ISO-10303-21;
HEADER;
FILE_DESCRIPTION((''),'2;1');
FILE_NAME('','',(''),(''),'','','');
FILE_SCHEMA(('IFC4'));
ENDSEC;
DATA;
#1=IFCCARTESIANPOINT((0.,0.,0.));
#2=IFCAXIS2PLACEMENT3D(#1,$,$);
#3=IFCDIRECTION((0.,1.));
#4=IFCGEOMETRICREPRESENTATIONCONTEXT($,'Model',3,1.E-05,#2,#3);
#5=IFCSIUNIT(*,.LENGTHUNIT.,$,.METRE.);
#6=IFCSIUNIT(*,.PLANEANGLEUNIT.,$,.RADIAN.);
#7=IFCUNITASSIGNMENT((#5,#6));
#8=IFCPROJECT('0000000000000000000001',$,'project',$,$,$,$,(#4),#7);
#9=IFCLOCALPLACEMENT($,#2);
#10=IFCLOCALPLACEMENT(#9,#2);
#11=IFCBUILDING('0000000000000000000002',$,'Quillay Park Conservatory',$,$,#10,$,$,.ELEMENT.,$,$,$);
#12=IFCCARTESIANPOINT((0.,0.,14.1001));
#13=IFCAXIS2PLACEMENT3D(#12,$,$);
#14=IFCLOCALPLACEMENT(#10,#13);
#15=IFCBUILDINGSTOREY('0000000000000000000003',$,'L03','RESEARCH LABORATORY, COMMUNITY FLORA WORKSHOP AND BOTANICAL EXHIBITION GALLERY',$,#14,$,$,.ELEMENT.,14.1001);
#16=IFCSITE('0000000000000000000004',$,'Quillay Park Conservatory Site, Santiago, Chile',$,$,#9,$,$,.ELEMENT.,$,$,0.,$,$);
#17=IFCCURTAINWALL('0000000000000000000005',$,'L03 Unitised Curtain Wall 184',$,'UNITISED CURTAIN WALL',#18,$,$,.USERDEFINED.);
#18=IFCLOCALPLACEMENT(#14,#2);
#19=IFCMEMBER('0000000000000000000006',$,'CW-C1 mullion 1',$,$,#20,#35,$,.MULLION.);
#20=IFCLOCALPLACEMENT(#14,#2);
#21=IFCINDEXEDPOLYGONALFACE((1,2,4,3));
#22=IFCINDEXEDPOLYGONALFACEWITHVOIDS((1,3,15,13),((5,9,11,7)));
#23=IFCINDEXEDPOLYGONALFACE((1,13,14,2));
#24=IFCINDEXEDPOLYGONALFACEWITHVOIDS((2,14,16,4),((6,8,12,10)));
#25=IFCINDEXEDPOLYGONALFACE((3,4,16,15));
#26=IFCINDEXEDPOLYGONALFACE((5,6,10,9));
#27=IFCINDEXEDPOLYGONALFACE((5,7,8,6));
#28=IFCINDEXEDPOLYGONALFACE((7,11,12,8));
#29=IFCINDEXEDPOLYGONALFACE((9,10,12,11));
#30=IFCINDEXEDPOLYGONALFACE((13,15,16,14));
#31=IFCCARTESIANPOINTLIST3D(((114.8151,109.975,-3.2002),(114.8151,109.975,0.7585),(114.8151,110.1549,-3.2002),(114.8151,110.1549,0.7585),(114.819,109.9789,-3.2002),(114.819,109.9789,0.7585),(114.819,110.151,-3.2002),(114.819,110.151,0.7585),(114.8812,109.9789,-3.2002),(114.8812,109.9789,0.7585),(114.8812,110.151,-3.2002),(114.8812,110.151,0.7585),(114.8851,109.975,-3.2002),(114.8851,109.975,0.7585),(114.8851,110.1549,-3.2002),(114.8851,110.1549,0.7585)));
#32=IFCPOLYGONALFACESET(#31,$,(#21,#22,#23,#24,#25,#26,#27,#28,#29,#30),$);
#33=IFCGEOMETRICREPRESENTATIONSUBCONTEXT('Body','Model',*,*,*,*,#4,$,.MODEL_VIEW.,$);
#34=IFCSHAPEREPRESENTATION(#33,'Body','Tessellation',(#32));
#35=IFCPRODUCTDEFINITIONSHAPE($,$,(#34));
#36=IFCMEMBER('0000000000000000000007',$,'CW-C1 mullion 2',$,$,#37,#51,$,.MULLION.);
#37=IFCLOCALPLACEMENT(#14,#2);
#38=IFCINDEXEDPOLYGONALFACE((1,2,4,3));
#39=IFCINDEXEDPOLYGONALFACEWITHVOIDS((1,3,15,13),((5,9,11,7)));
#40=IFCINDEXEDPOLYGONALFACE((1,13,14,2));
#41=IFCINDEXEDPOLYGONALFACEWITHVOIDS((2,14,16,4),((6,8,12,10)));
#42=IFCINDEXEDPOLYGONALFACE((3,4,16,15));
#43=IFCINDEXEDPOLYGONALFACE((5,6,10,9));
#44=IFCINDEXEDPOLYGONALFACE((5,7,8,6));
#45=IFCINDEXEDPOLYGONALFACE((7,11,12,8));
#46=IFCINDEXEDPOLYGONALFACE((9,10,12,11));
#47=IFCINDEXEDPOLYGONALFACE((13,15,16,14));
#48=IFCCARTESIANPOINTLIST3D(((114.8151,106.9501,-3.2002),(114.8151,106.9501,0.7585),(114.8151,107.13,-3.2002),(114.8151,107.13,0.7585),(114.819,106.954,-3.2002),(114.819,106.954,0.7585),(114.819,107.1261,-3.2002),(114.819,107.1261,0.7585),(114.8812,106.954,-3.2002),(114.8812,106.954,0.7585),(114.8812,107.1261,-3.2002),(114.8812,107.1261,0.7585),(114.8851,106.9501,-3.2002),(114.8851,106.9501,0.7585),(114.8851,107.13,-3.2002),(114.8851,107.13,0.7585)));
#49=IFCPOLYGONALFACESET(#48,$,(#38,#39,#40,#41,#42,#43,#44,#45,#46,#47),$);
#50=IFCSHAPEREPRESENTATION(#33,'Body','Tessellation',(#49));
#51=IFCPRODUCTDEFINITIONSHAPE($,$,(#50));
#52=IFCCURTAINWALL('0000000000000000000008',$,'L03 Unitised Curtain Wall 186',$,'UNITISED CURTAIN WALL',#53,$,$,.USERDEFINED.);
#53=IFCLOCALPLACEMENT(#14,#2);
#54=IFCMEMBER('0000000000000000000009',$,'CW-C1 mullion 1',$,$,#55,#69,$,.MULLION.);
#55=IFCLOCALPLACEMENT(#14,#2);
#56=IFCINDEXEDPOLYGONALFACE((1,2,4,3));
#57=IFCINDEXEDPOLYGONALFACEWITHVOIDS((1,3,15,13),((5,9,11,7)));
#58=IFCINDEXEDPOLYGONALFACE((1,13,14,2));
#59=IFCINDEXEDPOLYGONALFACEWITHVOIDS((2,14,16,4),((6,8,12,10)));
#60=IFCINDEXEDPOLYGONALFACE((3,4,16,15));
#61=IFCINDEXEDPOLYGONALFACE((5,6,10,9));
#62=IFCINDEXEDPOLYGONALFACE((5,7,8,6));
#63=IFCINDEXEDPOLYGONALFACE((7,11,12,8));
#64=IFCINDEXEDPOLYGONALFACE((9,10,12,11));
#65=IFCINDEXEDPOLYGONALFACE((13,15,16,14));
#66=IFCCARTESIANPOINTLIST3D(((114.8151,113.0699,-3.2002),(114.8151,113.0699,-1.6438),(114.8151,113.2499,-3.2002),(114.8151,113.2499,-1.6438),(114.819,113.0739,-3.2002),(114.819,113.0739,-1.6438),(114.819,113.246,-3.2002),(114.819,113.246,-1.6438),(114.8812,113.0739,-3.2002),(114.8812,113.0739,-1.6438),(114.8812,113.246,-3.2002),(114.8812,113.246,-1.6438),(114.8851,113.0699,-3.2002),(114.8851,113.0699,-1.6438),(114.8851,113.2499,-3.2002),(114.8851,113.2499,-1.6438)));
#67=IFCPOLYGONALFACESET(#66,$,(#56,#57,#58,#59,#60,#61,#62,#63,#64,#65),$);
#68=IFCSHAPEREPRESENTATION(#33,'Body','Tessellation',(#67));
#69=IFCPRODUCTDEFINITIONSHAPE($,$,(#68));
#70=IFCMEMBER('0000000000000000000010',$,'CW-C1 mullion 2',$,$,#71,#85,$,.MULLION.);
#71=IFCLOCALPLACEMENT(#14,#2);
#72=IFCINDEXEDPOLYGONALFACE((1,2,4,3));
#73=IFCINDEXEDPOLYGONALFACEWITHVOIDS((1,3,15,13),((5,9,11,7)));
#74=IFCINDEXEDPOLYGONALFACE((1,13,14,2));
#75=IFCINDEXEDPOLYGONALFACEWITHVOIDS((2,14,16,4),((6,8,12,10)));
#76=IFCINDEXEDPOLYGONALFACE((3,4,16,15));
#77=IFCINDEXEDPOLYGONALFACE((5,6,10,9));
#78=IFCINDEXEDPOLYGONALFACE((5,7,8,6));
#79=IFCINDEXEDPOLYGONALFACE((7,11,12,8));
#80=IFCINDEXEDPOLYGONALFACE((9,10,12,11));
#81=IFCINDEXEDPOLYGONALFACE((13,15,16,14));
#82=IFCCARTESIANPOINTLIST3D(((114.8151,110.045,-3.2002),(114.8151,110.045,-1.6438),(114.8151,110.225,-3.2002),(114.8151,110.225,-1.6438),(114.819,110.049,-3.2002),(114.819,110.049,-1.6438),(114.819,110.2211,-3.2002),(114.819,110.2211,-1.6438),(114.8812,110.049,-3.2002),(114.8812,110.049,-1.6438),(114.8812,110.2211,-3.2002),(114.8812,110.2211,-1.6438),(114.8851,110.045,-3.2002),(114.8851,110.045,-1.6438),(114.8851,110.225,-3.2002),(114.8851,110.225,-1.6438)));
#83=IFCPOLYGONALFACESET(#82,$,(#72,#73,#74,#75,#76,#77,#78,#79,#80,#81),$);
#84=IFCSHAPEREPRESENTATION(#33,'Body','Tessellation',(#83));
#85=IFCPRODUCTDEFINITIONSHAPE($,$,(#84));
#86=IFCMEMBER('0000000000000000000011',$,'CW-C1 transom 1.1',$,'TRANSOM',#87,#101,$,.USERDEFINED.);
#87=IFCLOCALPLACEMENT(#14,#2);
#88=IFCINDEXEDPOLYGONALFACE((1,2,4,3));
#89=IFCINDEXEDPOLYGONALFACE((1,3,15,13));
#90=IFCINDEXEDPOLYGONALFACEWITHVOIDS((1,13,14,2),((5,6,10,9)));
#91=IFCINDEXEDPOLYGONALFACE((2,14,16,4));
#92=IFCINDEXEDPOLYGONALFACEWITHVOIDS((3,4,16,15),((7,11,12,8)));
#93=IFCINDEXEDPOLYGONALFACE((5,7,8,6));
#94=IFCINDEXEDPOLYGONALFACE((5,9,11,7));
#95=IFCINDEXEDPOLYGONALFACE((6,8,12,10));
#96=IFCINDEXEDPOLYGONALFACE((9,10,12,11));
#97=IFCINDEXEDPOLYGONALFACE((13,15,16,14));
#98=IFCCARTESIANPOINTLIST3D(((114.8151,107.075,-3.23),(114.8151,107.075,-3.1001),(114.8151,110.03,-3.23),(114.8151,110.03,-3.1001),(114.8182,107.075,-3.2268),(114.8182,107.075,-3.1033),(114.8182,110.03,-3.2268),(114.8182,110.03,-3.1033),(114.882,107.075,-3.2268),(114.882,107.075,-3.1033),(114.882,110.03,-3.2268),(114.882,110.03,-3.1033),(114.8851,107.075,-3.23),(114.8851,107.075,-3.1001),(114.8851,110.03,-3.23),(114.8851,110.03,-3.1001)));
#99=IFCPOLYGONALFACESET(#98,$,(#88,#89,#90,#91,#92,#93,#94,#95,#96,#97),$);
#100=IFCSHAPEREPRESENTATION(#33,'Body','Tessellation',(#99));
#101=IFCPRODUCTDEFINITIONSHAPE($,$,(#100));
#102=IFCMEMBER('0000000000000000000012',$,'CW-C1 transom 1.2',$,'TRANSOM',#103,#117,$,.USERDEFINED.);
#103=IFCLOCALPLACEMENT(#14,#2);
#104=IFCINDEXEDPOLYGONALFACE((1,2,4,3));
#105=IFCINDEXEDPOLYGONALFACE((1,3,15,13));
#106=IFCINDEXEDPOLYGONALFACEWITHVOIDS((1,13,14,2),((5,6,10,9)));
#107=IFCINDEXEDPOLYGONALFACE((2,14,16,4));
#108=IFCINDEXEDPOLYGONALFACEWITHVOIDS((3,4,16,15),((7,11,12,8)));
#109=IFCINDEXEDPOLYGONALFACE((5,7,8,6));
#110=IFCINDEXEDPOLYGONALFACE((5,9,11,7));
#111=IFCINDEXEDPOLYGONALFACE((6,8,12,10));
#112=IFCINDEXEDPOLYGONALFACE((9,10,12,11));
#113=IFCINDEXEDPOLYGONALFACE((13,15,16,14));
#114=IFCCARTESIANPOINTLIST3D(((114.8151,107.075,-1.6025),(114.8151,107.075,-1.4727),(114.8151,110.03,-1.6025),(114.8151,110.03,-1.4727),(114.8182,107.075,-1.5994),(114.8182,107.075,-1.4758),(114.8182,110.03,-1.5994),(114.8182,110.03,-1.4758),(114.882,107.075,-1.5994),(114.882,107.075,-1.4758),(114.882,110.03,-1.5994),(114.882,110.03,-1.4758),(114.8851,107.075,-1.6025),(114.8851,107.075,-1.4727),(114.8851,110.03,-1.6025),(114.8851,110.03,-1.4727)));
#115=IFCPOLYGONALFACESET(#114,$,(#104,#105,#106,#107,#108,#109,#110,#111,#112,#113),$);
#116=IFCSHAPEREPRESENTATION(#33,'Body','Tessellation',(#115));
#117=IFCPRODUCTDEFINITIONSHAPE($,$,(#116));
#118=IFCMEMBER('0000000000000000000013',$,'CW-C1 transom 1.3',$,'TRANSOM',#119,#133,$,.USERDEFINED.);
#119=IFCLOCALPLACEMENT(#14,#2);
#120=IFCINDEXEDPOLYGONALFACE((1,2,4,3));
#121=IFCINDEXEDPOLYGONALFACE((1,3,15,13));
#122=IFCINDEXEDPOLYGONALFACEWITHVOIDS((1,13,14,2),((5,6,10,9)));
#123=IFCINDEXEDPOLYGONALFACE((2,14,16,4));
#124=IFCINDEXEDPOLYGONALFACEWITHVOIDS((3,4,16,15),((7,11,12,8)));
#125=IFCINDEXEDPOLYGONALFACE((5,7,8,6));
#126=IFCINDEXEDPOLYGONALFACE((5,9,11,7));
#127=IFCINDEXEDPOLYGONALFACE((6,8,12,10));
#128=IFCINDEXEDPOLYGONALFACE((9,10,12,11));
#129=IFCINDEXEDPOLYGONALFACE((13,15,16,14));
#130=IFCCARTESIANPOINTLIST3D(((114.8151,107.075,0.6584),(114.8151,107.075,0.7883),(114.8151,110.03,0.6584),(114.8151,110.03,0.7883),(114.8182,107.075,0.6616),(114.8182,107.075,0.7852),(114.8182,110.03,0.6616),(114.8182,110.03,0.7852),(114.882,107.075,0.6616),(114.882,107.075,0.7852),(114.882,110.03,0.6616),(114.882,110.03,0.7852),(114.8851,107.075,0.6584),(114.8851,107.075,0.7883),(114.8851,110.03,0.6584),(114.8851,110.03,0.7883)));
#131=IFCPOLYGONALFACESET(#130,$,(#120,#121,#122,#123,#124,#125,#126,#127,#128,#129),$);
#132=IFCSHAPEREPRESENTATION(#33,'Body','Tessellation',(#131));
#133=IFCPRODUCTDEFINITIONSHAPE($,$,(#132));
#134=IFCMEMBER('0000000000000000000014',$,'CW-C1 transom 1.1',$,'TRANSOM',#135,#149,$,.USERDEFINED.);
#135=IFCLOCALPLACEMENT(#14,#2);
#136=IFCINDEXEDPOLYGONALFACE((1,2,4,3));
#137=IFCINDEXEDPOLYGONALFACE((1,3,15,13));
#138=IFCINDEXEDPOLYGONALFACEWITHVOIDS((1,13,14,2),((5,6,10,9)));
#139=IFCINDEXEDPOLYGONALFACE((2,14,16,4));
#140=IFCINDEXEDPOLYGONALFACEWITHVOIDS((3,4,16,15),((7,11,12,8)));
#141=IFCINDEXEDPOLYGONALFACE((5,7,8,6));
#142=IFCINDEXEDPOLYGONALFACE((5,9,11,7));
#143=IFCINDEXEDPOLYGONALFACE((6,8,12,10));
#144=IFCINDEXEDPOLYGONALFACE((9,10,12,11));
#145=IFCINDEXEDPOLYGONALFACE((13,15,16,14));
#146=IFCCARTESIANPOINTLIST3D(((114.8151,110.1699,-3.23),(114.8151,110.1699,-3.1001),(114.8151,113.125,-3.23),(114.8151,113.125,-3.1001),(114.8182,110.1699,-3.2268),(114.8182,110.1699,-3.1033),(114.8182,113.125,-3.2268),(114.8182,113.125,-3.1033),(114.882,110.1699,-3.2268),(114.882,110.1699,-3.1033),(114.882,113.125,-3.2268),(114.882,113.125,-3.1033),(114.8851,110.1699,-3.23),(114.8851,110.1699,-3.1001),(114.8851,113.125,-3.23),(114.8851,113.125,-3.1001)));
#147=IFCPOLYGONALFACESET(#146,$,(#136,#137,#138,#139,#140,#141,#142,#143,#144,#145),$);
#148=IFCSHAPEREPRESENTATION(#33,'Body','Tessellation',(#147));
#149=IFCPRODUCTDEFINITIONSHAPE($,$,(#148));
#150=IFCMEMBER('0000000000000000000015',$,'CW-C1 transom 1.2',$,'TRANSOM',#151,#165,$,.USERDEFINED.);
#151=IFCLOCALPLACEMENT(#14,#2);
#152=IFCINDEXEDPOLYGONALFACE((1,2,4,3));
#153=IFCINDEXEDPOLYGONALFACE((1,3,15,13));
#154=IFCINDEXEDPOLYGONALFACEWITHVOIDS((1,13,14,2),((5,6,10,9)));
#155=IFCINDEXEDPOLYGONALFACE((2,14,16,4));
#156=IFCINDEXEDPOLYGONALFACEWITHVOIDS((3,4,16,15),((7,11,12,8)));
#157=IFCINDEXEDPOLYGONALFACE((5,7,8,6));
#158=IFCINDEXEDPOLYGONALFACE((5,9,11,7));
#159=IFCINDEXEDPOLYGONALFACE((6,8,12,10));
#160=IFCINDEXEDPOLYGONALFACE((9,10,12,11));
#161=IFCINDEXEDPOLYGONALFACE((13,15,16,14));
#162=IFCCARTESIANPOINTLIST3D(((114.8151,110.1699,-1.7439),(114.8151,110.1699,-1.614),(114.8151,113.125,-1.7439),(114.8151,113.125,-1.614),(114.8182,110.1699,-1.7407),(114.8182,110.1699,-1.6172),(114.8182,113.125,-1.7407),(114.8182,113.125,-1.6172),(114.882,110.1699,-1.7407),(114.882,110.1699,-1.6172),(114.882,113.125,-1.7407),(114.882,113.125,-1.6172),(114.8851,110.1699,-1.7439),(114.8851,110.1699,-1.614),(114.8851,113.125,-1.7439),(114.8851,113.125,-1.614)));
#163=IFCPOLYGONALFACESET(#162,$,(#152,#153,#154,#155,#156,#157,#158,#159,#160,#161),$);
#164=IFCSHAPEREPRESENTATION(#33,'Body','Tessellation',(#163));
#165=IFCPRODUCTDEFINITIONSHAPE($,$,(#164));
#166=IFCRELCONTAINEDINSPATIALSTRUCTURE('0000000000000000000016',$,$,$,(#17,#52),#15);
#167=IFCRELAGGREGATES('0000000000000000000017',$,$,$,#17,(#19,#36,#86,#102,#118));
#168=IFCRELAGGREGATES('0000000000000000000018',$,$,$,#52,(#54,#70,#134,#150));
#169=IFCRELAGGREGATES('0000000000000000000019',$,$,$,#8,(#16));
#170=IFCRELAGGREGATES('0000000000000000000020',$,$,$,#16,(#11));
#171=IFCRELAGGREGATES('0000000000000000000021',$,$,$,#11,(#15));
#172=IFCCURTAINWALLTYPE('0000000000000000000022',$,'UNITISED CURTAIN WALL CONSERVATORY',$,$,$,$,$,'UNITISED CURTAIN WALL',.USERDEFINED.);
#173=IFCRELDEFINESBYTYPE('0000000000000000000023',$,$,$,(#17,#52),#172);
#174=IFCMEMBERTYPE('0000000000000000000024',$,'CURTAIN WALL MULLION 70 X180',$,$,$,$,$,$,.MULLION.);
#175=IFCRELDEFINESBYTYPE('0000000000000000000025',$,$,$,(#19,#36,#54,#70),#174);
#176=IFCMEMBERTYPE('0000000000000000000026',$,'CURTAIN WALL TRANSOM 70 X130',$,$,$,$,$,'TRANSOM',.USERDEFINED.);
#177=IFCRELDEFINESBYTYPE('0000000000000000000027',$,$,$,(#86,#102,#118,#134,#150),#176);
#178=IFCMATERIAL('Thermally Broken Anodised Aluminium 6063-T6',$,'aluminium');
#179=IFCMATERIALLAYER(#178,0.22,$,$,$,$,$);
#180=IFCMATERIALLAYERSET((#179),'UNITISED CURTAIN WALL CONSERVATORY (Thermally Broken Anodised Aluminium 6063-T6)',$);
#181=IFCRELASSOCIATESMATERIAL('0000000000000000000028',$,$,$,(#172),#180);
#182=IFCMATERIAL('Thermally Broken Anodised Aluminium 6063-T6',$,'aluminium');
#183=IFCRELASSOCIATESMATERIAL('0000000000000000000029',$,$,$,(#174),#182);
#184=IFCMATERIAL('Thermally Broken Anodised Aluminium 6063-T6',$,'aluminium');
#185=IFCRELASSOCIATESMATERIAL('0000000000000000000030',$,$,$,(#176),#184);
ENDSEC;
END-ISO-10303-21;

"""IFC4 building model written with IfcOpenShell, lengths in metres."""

from ifc_helpers import new_model, si_unit, direction, frame, origin, origin_2d, place, context, subcontext, project, spatial, hollow_rectangle, extrude, material, layer, layer_set, material_profile, profile_set, type_object, element, aggregate, save


model = new_model("IFC4")

# Units and contexts
model_context = context("Model", 3, precision=1e-05, world=origin(), true_north=direction((0.0, 1.0)))
body_context = subcontext(model_context, "Body", "Model", "MODEL_VIEW")
ifc_project = project(units=[si_unit("LENGTHUNIT", "METRE"), si_unit("PLANEANGLEUNIT", "RADIAN")], contexts=[model_context])

# Site, building, storey
site_placement = place(None, origin())
site = spatial("IfcSite", under=ifc_project, at=site_placement, Name="Quillay Park Conservatory Site, Santiago, Chile", CompositionType="ELEMENT", RefElevation=0.0)
building_placement = place(site_placement, origin())
building = spatial("IfcBuilding", under=site, at=building_placement, Name="Quillay Park Conservatory", CompositionType="ELEMENT")
storey_placement = place(building_placement, frame((0.0, 0.0, 14.1001)))
storey = spatial("IfcBuildingStorey", under=building, at=storey_placement, Name="L03", Description="RESEARCH LABORATORY, COMMUNITY FLORA WORKSHOP AND BOTANICAL EXHIBITION GALLERY", CompositionType="ELEMENT", Elevation=14.1001)

# Curtain walls, members
ifc_material_1 = material(Name="Thermally Broken Anodised Aluminium 6063-T6", Category="aluminium")
ifc_layer_1 = layer(ifc_material_1, 0.22)
ifc_layer_set_1 = layer_set([ifc_layer_1], Name="UNITISED CURTAIN WALL CONSERVATORY (Thermally Broken Anodised Aluminium 6063-T6)")
curtain_wall_type = type_object("IfcCurtainWallType", Name="UNITISED CURTAIN WALL CONSERVATORY", ElementType="UNITISED CURTAIN WALL", PredefinedType="USERDEFINED", material=ifc_layer_set_1)
curtain_wall_1_placement = place(storey_placement, origin())
curtain_wall_1 = element("IfcCurtainWall", 1, at=curtain_wall_1_placement, inside=storey, type_object=curtain_wall_type, Name="L03 Unitised Curtain Wall 184", ObjectType="UNITISED CURTAIN WALL", PredefinedType="USERDEFINED")
ifc_material_2 = material(Name="Thermally Broken Anodised Aluminium 6063-T6", Category="aluminium")
ifc_material_profile_1 = material_profile(ifc_material_2, hollow_rectangle(XDim=0.0701, YDim=0.1799, WallThickness=0.0039, at=origin_2d()), Name="AL70x180x4")
ifc_profile_set_1 = profile_set([ifc_material_profile_1], Name="Thermally Broken Anodised Aluminium 6063-T6")
member_type_1 = type_object("IfcMemberType", Name="CURTAIN WALL MULLION 70 X180", PredefinedType="MULLION", material=ifc_profile_set_1)
member_1_placement = place(storey_placement, frame((114.8501, 110.0649, -3.2002), z_axis=(0.0, 0.0, 1.0), x_axis=(1.0, 0.0, 0.0)))
member_1 = element("IfcMember", 2, at=member_1_placement, type_object=member_type_1, Name="CW-C1 mullion 1", PredefinedType="MULLION", context=body_context, shape_type="SweptSolid", body=[
    extrude(hollow_rectangle(XDim=0.0701, YDim=0.1799, WallThickness=0.0039, at=origin_2d()), origin(), (0.0, 0.0, 1.0), 3.9587),
])
member_2_placement = place(storey_placement, frame((114.8501, 107.04, -3.2002), z_axis=(0.0, 0.0, 1.0), x_axis=(1.0, 0.0, 0.0)))
member_2 = element("IfcMember", 3, at=member_2_placement, type_object=member_type_1, Name="CW-C1 mullion 2", PredefinedType="MULLION", context=body_context, shape_type="SweptSolid", body=[
    extrude(hollow_rectangle(XDim=0.0701, YDim=0.1799, WallThickness=0.0039, at=origin_2d()), origin(), (0.0, 0.0, 1.0), 3.9587),
])
curtain_wall_2_placement = place(storey_placement, origin())
curtain_wall_2 = element("IfcCurtainWall", 4, at=curtain_wall_2_placement, inside=storey, type_object=curtain_wall_type, Name="L03 Unitised Curtain Wall 186", ObjectType="UNITISED CURTAIN WALL", PredefinedType="USERDEFINED")
member_3_placement = place(storey_placement, frame((114.8501, 113.1599, -3.2002), z_axis=(0.0, 0.0, 1.0), x_axis=(1.0, 0.0, 0.0)))
member_3 = element("IfcMember", 5, at=member_3_placement, type_object=member_type_1, Name="CW-C1 mullion 1", PredefinedType="MULLION", context=body_context, shape_type="SweptSolid", body=[
    extrude(hollow_rectangle(XDim=0.0701, YDim=0.1799, WallThickness=0.0039, at=origin_2d()), origin(), (0.0, 0.0, 1.0), 1.5564),
])
member_4_placement = place(storey_placement, frame((114.8501, 110.135, -3.2002), z_axis=(0.0, 0.0, 1.0), x_axis=(1.0, 0.0, 0.0)))
member_4 = element("IfcMember", 6, at=member_4_placement, type_object=member_type_1, Name="CW-C1 mullion 2", PredefinedType="MULLION", context=body_context, shape_type="SweptSolid", body=[
    extrude(hollow_rectangle(XDim=0.0701, YDim=0.1799, WallThickness=0.0039, at=origin_2d()), origin(), (0.0, 0.0, 1.0), 1.5564),
])

# Members
ifc_material_3 = material(Name="Thermally Broken Anodised Aluminium 6063-T6", Category="aluminium")
ifc_material_profile_2 = material_profile(ifc_material_3, hollow_rectangle(XDim=0.0701, YDim=0.1299, WallThickness=0.0032, at=origin_2d()), Name="AL70x130x3.2")
ifc_profile_set_2 = profile_set([ifc_material_profile_2], Name="Thermally Broken Anodised Aluminium 6063-T6")
member_type_2 = type_object("IfcMemberType", Name="CURTAIN WALL TRANSOM 70 X130", ElementType="TRANSOM", PredefinedType="USERDEFINED", material=ifc_profile_set_2)
member_5_placement = place(storey_placement, frame((114.8501, 110.03, -3.165), z_axis=(0.0, -1.0, 0.0), x_axis=(1.0, 0.0, 0.0)))
member_5 = element("IfcMember", 7, at=member_5_placement, type_object=member_type_2, Name="CW-C1 transom 1.1", ObjectType="TRANSOM", PredefinedType="USERDEFINED", context=body_context, shape_type="SweptSolid", body=[
    extrude(hollow_rectangle(XDim=0.0701, YDim=0.1299, WallThickness=0.0032, at=origin_2d()), origin(), (0.0, 0.0, 1.0), 2.9551),
])
member_6_placement = place(storey_placement, frame((114.8501, 110.03, -1.5376), z_axis=(0.0, -1.0, 0.0), x_axis=(1.0, 0.0, 0.0)))
member_6 = element("IfcMember", 8, at=member_6_placement, type_object=member_type_2, Name="CW-C1 transom 1.2", ObjectType="TRANSOM", PredefinedType="USERDEFINED", context=body_context, shape_type="SweptSolid", body=[
    extrude(hollow_rectangle(XDim=0.0701, YDim=0.1299, WallThickness=0.0032, at=origin_2d()), origin(), (0.0, 0.0, 1.0), 2.9551),
])
member_7_placement = place(storey_placement, frame((114.8501, 110.03, 0.7234), z_axis=(0.0, -1.0, 0.0), x_axis=(1.0, 0.0, 0.0)))
member_7 = element("IfcMember", 9, at=member_7_placement, type_object=member_type_2, Name="CW-C1 transom 1.3", ObjectType="TRANSOM", PredefinedType="USERDEFINED", context=body_context, shape_type="SweptSolid", body=[
    extrude(hollow_rectangle(XDim=0.0701, YDim=0.1299, WallThickness=0.0032, at=origin_2d()), origin(), (0.0, 0.0, 1.0), 2.9551),
])
member_8_placement = place(storey_placement, frame((114.8501, 113.125, -3.165), z_axis=(0.0, -1.0, 0.0), x_axis=(1.0, 0.0, 0.0)))
member_8 = element("IfcMember", 10, at=member_8_placement, type_object=member_type_2, Name="CW-C1 transom 1.1", ObjectType="TRANSOM", PredefinedType="USERDEFINED", context=body_context, shape_type="SweptSolid", body=[
    extrude(hollow_rectangle(XDim=0.0701, YDim=0.1299, WallThickness=0.0032, at=origin_2d()), origin(), (0.0, 0.0, 1.0), 2.9551),
])
member_9_placement = place(storey_placement, frame((114.8501, 113.125, -1.679), z_axis=(0.0, -1.0, 0.0), x_axis=(1.0, 0.0, 0.0)))
member_9 = element("IfcMember", 11, at=member_9_placement, type_object=member_type_2, Name="CW-C1 transom 1.2", ObjectType="TRANSOM", PredefinedType="USERDEFINED", context=body_context, shape_type="SweptSolid", body=[
    extrude(hollow_rectangle(XDim=0.0701, YDim=0.1299, WallThickness=0.0032, at=origin_2d()), origin(), (0.0, 0.0, 1.0), 2.9551),
])

aggregate(curtain_wall_1, [member_1, member_2, member_5, member_6, member_7])
aggregate(curtain_wall_2, [member_3, member_4, member_8, member_9])

save(model, "model.ifc")
